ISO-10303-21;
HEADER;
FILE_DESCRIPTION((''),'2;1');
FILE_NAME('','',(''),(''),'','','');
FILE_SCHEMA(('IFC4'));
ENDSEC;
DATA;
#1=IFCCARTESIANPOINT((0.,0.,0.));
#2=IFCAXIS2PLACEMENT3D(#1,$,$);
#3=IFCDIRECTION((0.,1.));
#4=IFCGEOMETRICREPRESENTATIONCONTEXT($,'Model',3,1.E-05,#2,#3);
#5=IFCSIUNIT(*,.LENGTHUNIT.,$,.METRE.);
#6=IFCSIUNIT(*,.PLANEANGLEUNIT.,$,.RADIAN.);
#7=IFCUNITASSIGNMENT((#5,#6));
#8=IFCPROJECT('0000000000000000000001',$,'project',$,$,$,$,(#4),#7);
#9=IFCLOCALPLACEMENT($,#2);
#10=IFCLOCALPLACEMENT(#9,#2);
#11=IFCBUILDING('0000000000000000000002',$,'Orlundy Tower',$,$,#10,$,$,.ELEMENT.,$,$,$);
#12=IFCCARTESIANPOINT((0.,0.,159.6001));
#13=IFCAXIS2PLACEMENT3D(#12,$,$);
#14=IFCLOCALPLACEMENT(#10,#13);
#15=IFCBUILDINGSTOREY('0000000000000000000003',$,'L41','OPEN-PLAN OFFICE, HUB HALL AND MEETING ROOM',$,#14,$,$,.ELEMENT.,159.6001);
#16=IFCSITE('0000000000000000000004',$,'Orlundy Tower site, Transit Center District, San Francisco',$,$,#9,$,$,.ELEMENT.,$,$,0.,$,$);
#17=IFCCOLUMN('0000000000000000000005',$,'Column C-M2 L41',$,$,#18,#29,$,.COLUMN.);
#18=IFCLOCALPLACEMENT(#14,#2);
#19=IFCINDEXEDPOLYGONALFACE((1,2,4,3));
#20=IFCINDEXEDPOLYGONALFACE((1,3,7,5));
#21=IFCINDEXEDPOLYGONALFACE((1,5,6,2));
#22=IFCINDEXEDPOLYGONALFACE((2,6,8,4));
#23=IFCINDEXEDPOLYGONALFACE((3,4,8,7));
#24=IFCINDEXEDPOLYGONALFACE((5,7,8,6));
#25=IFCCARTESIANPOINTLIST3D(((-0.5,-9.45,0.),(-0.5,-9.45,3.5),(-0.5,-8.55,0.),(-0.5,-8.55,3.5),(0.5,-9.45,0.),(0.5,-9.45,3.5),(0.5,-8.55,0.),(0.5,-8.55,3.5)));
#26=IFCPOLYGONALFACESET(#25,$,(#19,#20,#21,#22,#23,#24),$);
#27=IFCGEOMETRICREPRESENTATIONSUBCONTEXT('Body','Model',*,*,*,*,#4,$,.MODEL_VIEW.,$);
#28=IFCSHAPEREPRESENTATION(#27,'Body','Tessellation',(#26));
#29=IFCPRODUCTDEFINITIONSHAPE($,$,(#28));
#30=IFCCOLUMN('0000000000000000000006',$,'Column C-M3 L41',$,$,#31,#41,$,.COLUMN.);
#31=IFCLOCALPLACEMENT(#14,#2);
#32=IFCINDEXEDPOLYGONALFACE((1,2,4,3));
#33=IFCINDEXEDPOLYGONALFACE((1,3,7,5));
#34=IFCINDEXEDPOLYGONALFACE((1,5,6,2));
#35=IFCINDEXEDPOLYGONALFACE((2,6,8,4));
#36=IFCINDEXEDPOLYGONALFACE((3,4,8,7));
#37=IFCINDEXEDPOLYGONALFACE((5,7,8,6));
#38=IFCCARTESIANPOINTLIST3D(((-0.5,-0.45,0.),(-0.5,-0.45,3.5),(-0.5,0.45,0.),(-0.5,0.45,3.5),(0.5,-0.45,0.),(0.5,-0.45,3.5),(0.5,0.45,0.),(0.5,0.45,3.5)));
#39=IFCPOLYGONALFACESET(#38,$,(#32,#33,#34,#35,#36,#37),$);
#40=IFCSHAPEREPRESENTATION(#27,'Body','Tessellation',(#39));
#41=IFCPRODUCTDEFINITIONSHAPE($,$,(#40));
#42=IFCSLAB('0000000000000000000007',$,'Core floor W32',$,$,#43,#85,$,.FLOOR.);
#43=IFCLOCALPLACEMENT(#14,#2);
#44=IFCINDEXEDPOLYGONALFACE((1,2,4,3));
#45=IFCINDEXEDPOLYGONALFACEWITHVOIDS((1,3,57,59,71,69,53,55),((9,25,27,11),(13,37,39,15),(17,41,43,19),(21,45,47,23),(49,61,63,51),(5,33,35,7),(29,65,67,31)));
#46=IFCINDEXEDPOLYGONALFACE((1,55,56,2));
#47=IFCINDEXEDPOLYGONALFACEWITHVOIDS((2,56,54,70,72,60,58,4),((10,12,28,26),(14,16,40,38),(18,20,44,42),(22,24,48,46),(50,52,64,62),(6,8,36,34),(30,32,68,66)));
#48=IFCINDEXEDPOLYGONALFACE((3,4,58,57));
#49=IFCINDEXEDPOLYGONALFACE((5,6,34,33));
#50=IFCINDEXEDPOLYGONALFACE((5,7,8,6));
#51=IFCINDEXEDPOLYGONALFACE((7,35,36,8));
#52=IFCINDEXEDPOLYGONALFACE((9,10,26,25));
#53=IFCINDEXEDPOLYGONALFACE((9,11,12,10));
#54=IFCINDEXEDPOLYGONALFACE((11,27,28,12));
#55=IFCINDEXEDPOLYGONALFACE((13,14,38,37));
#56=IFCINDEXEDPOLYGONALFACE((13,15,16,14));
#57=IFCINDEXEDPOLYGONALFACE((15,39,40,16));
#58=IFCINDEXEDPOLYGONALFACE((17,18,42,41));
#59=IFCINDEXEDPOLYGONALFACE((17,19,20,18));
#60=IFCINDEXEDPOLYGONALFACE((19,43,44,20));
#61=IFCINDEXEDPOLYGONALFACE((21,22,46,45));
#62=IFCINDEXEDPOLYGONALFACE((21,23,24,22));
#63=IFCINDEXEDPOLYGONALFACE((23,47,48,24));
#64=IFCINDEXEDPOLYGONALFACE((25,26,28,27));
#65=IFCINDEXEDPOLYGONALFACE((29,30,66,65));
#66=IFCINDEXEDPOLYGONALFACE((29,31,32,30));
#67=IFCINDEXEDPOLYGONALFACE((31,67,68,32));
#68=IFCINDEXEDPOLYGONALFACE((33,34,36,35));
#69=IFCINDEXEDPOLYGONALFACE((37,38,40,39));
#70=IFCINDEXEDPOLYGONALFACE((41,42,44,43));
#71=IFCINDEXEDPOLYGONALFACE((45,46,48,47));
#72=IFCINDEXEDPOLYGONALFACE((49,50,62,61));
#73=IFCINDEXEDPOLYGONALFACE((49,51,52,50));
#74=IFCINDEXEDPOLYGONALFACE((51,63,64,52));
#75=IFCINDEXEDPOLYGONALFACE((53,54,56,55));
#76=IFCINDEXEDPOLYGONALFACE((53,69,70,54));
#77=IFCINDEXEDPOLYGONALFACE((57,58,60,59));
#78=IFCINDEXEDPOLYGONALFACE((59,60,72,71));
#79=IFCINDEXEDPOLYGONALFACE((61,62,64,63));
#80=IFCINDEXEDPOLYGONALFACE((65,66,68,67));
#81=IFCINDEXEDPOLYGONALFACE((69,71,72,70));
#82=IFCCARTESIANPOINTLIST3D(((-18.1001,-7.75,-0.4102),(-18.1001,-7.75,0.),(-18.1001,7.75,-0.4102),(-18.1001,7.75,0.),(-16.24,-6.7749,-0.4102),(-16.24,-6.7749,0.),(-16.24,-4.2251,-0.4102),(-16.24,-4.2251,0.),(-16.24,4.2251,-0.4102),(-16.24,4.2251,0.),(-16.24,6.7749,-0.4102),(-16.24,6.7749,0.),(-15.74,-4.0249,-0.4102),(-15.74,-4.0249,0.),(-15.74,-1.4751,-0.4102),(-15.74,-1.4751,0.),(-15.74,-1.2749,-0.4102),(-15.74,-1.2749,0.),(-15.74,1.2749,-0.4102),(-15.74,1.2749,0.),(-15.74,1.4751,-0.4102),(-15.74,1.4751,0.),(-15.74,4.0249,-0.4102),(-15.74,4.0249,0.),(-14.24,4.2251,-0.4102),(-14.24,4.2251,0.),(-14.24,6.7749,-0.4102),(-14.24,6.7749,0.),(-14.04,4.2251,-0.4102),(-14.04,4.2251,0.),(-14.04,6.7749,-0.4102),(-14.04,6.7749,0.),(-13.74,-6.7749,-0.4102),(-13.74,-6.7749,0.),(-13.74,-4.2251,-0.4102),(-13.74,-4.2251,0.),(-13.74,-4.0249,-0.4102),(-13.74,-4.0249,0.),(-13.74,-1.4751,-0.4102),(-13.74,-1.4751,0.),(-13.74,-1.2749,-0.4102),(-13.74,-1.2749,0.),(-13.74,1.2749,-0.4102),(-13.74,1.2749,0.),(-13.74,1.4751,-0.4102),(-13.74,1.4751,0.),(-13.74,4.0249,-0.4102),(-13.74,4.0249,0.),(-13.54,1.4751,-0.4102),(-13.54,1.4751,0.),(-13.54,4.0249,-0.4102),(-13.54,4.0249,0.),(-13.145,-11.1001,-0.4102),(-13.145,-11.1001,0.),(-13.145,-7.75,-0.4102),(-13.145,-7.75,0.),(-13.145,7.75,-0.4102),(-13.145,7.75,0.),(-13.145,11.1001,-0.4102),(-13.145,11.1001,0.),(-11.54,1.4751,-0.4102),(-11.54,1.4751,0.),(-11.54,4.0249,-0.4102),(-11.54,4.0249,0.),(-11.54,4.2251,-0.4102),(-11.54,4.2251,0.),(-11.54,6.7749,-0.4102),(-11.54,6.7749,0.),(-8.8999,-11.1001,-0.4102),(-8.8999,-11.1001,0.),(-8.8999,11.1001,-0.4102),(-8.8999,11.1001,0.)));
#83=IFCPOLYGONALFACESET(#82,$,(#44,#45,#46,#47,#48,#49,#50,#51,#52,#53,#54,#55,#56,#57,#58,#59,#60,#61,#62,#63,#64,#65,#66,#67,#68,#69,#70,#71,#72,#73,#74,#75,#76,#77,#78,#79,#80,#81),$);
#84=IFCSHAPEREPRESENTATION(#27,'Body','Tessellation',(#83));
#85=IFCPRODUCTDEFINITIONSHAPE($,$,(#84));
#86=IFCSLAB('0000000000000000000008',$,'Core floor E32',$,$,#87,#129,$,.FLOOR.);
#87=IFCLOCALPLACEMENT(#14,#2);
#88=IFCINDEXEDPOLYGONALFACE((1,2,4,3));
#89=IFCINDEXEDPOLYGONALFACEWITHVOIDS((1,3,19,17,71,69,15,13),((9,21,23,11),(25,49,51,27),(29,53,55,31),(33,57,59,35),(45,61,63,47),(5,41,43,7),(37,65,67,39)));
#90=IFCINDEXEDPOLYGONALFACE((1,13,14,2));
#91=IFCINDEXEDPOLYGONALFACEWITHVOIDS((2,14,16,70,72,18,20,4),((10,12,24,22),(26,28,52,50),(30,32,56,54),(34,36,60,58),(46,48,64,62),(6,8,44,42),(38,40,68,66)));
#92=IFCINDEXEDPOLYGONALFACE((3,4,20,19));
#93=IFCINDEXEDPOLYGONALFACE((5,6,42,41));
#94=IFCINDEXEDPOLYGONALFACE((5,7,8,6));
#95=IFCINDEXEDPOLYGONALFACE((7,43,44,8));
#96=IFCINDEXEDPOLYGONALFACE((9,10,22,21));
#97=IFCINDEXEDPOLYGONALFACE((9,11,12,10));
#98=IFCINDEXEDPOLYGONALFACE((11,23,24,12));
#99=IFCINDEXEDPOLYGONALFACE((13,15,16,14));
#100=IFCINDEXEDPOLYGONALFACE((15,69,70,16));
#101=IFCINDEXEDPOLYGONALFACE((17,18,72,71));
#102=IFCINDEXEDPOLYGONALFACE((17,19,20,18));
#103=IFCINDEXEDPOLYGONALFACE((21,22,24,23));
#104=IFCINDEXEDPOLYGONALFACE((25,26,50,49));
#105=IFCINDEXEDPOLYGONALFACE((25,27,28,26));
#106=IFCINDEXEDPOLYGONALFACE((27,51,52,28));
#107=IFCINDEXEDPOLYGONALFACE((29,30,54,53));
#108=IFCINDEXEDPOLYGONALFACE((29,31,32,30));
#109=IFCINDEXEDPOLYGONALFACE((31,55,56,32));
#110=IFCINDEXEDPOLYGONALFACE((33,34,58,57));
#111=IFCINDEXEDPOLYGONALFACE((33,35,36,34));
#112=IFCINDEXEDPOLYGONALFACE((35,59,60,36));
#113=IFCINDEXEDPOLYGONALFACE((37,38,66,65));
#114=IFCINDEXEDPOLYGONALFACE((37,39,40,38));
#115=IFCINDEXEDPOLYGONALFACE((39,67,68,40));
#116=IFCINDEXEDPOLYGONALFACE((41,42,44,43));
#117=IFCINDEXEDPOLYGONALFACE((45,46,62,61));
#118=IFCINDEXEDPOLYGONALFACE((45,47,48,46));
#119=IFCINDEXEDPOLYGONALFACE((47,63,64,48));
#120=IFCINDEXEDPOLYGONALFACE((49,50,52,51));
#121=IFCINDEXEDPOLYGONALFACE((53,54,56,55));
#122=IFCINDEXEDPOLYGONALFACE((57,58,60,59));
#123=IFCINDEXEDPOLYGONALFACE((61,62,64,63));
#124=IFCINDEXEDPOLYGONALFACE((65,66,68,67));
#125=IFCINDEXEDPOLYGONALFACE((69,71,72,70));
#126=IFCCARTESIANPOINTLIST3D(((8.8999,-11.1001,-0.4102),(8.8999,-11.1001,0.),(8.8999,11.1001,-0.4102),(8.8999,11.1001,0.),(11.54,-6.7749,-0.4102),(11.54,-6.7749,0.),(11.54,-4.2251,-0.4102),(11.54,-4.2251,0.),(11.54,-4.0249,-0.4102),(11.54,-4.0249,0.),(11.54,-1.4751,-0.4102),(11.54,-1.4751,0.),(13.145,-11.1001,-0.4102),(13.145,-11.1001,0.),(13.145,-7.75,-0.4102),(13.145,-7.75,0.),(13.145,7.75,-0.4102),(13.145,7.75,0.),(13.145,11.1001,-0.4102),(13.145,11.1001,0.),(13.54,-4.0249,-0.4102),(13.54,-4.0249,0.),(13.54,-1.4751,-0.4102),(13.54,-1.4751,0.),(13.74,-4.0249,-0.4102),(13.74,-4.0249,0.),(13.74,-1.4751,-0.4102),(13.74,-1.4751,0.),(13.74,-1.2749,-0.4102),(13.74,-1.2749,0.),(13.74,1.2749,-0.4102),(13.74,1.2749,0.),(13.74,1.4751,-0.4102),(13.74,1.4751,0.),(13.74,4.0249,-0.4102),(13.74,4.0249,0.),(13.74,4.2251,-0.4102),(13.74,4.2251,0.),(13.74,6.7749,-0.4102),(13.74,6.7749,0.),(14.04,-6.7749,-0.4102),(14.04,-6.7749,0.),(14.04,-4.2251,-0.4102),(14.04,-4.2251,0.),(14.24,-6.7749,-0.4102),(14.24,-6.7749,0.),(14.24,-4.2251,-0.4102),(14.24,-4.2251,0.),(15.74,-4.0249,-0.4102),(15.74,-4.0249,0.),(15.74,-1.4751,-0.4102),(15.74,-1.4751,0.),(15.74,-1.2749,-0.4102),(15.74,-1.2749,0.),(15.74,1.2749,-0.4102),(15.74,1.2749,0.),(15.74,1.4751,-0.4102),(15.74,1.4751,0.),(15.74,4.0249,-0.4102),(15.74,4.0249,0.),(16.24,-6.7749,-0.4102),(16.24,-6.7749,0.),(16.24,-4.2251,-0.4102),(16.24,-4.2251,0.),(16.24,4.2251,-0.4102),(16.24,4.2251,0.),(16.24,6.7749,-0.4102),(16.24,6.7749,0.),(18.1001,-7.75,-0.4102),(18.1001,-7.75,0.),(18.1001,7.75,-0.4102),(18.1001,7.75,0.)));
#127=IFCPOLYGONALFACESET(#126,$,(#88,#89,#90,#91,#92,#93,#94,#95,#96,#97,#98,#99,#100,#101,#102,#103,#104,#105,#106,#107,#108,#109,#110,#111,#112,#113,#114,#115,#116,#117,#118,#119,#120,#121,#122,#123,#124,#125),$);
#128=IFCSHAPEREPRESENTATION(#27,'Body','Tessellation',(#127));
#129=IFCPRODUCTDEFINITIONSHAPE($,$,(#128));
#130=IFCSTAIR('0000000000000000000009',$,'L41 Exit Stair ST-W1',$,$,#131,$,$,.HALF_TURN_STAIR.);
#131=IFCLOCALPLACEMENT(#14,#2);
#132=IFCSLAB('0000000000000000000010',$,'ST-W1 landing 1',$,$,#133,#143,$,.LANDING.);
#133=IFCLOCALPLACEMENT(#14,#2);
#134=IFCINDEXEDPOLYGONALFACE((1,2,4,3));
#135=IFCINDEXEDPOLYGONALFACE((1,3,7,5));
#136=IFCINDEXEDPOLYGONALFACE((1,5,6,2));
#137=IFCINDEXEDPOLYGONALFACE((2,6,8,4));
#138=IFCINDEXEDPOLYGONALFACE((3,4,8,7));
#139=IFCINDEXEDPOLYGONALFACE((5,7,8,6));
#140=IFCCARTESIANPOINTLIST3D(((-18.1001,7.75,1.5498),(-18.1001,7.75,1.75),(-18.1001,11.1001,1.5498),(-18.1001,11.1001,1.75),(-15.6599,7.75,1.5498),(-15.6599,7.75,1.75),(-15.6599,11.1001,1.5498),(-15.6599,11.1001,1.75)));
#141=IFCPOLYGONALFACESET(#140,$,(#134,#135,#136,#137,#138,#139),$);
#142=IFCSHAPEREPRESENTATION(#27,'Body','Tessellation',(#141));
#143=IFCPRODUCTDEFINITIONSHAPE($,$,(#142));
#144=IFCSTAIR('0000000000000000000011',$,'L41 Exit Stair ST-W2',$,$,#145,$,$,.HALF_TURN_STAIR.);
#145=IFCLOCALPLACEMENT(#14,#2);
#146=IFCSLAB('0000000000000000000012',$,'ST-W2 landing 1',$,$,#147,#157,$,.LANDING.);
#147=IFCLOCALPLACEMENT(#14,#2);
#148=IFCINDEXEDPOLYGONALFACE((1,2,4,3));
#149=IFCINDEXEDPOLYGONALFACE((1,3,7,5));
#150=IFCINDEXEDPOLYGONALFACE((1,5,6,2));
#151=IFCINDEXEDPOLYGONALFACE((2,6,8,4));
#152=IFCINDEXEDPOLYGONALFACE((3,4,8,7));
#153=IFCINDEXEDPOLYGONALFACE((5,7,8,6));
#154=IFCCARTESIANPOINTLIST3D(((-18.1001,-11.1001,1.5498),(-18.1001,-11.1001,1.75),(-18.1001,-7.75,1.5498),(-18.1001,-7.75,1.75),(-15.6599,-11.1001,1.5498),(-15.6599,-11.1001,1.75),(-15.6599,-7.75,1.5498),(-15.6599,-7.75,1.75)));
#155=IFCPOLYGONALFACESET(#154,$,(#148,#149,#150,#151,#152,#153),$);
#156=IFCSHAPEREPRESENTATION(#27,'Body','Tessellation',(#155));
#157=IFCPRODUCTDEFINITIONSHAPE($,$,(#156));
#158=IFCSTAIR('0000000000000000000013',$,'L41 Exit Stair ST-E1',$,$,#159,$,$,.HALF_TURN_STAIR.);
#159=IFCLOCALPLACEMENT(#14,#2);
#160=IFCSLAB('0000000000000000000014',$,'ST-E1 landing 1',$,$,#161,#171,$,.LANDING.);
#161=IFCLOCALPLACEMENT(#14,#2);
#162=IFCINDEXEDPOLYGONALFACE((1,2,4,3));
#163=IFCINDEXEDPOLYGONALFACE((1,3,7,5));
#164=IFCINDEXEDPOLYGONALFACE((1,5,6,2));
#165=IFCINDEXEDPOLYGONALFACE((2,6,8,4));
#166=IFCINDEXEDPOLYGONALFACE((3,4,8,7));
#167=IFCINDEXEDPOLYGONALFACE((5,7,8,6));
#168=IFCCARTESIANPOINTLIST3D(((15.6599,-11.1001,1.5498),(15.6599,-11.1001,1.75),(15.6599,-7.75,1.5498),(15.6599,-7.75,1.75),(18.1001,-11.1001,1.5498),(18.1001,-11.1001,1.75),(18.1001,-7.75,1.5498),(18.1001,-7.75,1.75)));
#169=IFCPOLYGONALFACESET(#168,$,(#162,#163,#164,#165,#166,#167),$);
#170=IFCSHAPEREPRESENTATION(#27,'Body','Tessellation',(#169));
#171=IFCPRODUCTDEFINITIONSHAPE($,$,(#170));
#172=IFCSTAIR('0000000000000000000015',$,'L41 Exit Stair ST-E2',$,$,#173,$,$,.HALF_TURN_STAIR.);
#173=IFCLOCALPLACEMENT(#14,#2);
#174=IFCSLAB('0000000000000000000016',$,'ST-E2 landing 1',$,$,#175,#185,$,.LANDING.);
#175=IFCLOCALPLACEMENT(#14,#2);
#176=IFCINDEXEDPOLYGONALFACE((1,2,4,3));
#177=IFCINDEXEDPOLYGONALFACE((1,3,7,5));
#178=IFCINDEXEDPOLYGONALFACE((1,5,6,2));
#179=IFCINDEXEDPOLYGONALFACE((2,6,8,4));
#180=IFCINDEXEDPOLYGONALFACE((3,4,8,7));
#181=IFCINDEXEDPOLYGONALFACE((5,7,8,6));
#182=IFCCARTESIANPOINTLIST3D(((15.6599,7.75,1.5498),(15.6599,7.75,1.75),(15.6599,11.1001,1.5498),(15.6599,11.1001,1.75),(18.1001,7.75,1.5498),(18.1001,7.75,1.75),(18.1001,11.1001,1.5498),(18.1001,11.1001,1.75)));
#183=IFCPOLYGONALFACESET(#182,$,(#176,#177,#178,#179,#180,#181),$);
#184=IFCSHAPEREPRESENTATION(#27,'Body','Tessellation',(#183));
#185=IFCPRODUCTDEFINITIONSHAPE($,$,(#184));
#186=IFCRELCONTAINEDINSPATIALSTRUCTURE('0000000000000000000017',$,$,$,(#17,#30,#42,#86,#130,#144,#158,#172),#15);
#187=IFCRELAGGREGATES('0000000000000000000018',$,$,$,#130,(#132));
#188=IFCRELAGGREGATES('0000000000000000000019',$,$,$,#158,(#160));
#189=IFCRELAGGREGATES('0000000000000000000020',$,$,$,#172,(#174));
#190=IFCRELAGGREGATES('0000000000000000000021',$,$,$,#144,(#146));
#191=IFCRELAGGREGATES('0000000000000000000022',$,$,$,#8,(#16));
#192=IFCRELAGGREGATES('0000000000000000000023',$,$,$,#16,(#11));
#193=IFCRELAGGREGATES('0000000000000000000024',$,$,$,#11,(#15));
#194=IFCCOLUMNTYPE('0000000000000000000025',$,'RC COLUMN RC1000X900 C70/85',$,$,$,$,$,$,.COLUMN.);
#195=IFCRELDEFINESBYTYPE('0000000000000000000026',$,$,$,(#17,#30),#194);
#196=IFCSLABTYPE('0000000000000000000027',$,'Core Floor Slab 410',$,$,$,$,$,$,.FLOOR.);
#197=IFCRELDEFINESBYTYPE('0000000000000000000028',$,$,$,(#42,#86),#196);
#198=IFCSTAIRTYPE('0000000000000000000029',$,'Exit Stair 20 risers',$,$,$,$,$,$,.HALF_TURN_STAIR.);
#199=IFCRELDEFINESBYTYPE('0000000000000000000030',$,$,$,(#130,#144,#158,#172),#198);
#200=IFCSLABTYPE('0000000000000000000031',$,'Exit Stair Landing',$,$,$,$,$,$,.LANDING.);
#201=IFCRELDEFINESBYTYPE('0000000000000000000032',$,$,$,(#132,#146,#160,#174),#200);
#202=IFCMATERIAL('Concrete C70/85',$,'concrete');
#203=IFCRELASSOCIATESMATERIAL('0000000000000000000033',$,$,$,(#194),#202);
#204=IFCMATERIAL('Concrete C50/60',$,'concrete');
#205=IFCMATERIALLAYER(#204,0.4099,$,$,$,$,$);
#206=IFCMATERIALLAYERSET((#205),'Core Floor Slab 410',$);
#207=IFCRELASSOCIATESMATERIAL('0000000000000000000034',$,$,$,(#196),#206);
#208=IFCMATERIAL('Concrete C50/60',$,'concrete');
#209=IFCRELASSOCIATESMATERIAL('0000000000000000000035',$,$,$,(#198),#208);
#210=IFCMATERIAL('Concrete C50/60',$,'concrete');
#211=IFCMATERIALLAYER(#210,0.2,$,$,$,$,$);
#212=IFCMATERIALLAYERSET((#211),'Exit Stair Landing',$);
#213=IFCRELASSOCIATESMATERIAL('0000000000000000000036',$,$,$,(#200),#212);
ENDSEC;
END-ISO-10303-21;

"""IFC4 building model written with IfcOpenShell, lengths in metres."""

from ifc_helpers import new_model, si_unit, direction, frame, origin, origin_2d, place, context, subcontext, project, spatial, polyline, rectangle, outline, extrude, material, layer, layer_set, material_profile, profile_set, type_object, element, aggregate, save


model = new_model("IFC4")

# Units and contexts
model_context = context("Model", 3, precision=1e-05, world=origin(), true_north=direction((0.0, 1.0)))
body_context = subcontext(model_context, "Body", "Model", "MODEL_VIEW")
ifc_project = project(units=[si_unit("LENGTHUNIT", "METRE"), si_unit("PLANEANGLEUNIT", "RADIAN")], contexts=[model_context])

# Site, building, storey
site_placement = place(None, origin())
site = spatial("IfcSite", under=ifc_project, at=site_placement, Name="Orlundy Tower site, Transit Center District, San Francisco", CompositionType="ELEMENT", RefElevation=0.0)
building_placement = place(site_placement, origin())
building = spatial("IfcBuilding", under=site, at=building_placement, Name="Orlundy Tower", CompositionType="ELEMENT")
storey_placement = place(building_placement, frame((0.0, 0.0, 159.6001)))
storey = spatial("IfcBuildingStorey", under=building, at=storey_placement, Name="L41", Description="OPEN-PLAN OFFICE, HUB HALL AND MEETING ROOM", CompositionType="ELEMENT", Elevation=159.6001)

# Columns
ifc_material_1 = material(Name="Concrete C70/85", Category="concrete")
ifc_material_profile = material_profile(ifc_material_1, rectangle(XDim=1.0, YDim=0.8999, at=origin_2d()), Name="RC1000X900")
ifc_profile_set = profile_set([ifc_material_profile], Name="Concrete C70/85")
column_type = type_object("IfcColumnType", Name="RC COLUMN RC1000X900 C70/85", PredefinedType="COLUMN", material=ifc_profile_set)
for number, where, z_axis, x_axis, name in (
    (1, (0.0, -9.0, 0.0), (0.0, 0.0, 1.0), (1.0, 0.0, 0.0), "Column C-M2 L41"),
    (2, (0.0, 0.0, 0.0), (0.0, 0.0, 1.0), (1.0, 0.0, 0.0), "Column C-M3 L41"),
):
    element("IfcColumn", number, at=place(storey_placement, frame(where, z_axis=z_axis, x_axis=x_axis)), inside=storey, type_object=column_type, Name=name, PredefinedType="COLUMN", context=body_context, shape_type="SweptSolid", body=[
        extrude(rectangle(XDim=1.0, YDim=0.8999, at=origin_2d()), origin(), (0.0, 0.0, 1.0), 3.5),
    ])

# Slabs
ifc_material_2 = material(Name="Concrete C50/60", Category="concrete")
ifc_layer_1 = layer(ifc_material_2, 0.4099)
ifc_layer_set_1 = layer_set([ifc_layer_1], Name="Core Floor Slab 410")
slab_type_1 = type_object("IfcSlabType", Name="Core Floor Slab 410", PredefinedType="FLOOR", material=ifc_layer_set_1)
slab_1_placement = place(storey_placement, frame((0.0, 0.0, -0.4102)))
element("IfcSlab", 3, at=slab_1_placement, inside=storey, type_object=slab_type_1, Name="Core floor W32", PredefinedType="FLOOR", context=body_context, shape_type="SweptSolid", body=[
    extrude(outline(polyline([(-13.145, -11.1001), (-13.145, -7.75), (-18.1001, -7.75), (-18.1001, 7.75), (-13.145, 7.75), (-13.145, 11.1001), (-8.8999, 11.1001), (-8.8999, -11.1001), (-13.145, -11.1001)]), holes=[polyline([(-13.74, -4.2251), (-16.24, -4.2251), (-16.24, -6.7749), (-13.74, -6.7749), (-13.74, -4.2251)]), polyline([(-13.74, -4.0249), (-13.74, -1.4751), (-15.74, -1.4751), (-15.74, -4.0249), (-13.74, -4.0249)]), polyline([(-15.74, -1.2749), (-13.74, -1.2749), (-13.74, 1.2749), (-15.74, 1.2749), (-15.74, -1.2749)]), polyline([(-13.54, 4.0249), (-13.54, 1.4751), (-11.54, 1.4751), (-11.54, 4.0249), (-13.54, 4.0249)]), polyline([(-13.74, 4.0249), (-15.74, 4.0249), (-15.74, 1.4751), (-13.74, 1.4751), (-13.74, 4.0249)]), polyline([(-11.54, 4.2251), (-11.54, 6.7749), (-14.04, 6.7749), (-14.04, 4.2251), (-11.54, 4.2251)]), polyline([(-16.24, 4.2251), (-14.24, 4.2251), (-14.24, 6.7749), (-16.24, 6.7749), (-16.24, 4.2251)])]), origin(), (0.0, 0.0, 1.0), 0.4102),
])
slab_2_placement = place(storey_placement, frame((0.0, 0.0, -0.4102)))
element("IfcSlab", 4, at=slab_2_placement, inside=storey, type_object=slab_type_1, Name="Core floor E32", PredefinedType="FLOOR", context=body_context, shape_type="SweptSolid", body=[
    extrude(outline(polyline([(13.145, 11.1001), (13.145, 7.75), (18.1001, 7.75), (18.1001, -7.75), (13.145, -7.75), (13.145, -11.1001), (8.8999, -11.1001), (8.8999, 11.1001), (13.145, 11.1001)]), holes=[polyline([(13.74, 4.2251), (16.24, 4.2251), (16.24, 6.7749), (13.74, 6.7749), (13.74, 4.2251)]), polyline([(13.74, 4.0249), (13.74, 1.4751), (15.74, 1.4751), (15.74, 4.0249), (13.74, 4.0249)]), polyline([(15.74, 1.2749), (13.74, 1.2749), (13.74, -1.2749), (15.74, -1.2749), (15.74, 1.2749)]), polyline([(13.54, -4.0249), (13.54, -1.4751), (11.54, -1.4751), (11.54, -4.0249), (13.54, -4.0249)]), polyline([(13.74, -4.0249), (15.74, -4.0249), (15.74, -1.4751), (13.74, -1.4751), (13.74, -4.0249)]), polyline([(11.54, -4.2251), (11.54, -6.7749), (14.04, -6.7749), (14.04, -4.2251), (11.54, -4.2251)]), polyline([(16.24, -4.2251), (14.24, -4.2251), (14.24, -6.7749), (16.24, -6.7749), (16.24, -4.2251)])]), origin(), (0.0, 0.0, 1.0), 0.4102),
])

# Stairs, slabs
ifc_material_3 = material(Name="Concrete C50/60", Category="concrete")
stair_type = type_object("IfcStairType", Name="Exit Stair 20 risers", PredefinedType="HALF_TURN_STAIR", material=ifc_material_3)
stair_1_placement = place(storey_placement, origin())
stair_1 = element("IfcStair", 5, at=stair_1_placement, inside=storey, type_object=stair_type, Name="L41 Exit Stair ST-W1", PredefinedType="HALF_TURN_STAIR")
ifc_material_4 = material(Name="Concrete C50/60", Category="concrete")
ifc_layer_2 = layer(ifc_material_4, 0.2)
ifc_layer_set_2 = layer_set([ifc_layer_2], Name="Exit Stair Landing")
slab_type_2 = type_object("IfcSlabType", Name="Exit Stair Landing", PredefinedType="LANDING", material=ifc_layer_set_2)
slab_3_placement = place(storey_placement, frame((0.0, 0.0, 1.5498)))
slab_3 = element("IfcSlab", 6, at=slab_3_placement, type_object=slab_type_2, Name="ST-W1 landing 1", PredefinedType="LANDING", context=body_context, shape_type="SweptSolid", body=[
    extrude(outline(polyline([(-15.6599, 11.1001), (-18.1001, 11.1001), (-18.1001, 7.75), (-15.6599, 7.75), (-15.6599, 11.1001)])), origin(), (0.0, 0.0, 1.0), 0.2002),
])
aggregate(stair_1, [slab_3])
stair_2_placement = place(storey_placement, origin())
stair_2 = element("IfcStair", 7, at=stair_2_placement, inside=storey, type_object=stair_type, Name="L41 Exit Stair ST-W2", PredefinedType="HALF_TURN_STAIR")
slab_4_placement = place(storey_placement, frame((0.0, 0.0, 1.5498)))
slab_4 = element("IfcSlab", 8, at=slab_4_placement, type_object=slab_type_2, Name="ST-W2 landing 1", PredefinedType="LANDING", context=body_context, shape_type="SweptSolid", body=[
    extrude(outline(polyline([(-15.6599, -7.75), (-18.1001, -7.75), (-18.1001, -11.1001), (-15.6599, -11.1001), (-15.6599, -7.75)])), origin(), (0.0, 0.0, 1.0), 0.2002),
])
stair_3_placement = place(storey_placement, origin())
stair_3 = element("IfcStair", 9, at=stair_3_placement, inside=storey, type_object=stair_type, Name="L41 Exit Stair ST-E1", PredefinedType="HALF_TURN_STAIR")
slab_5_placement = place(storey_placement, frame((0.0, 0.0, 1.5498)))
slab_5 = element("IfcSlab", 10, at=slab_5_placement, type_object=slab_type_2, Name="ST-E1 landing 1", PredefinedType="LANDING", context=body_context, shape_type="SweptSolid", body=[
    extrude(outline(polyline([(15.6599, -11.1001), (18.1001, -11.1001), (18.1001, -7.75), (15.6599, -7.75), (15.6599, -11.1001)])), origin(), (0.0, 0.0, 1.0), 0.2002),
])
aggregate(stair_3, [slab_5])
stair_4_placement = place(storey_placement, origin())
stair_4 = element("IfcStair", 11, at=stair_4_placement, inside=storey, type_object=stair_type, Name="L41 Exit Stair ST-E2", PredefinedType="HALF_TURN_STAIR")
slab_6_placement = place(storey_placement, frame((0.0, 0.0, 1.5498)))
slab_6 = element("IfcSlab", 12, at=slab_6_placement, type_object=slab_type_2, Name="ST-E2 landing 1", PredefinedType="LANDING", context=body_context, shape_type="SweptSolid", body=[
    extrude(outline(polyline([(15.6599, 7.75), (18.1001, 7.75), (18.1001, 11.1001), (15.6599, 11.1001), (15.6599, 7.75)])), origin(), (0.0, 0.0, 1.0), 0.2002),
])
aggregate(stair_4, [slab_6])

aggregate(stair_2, [slab_4])

save(model, "model.ifc")
